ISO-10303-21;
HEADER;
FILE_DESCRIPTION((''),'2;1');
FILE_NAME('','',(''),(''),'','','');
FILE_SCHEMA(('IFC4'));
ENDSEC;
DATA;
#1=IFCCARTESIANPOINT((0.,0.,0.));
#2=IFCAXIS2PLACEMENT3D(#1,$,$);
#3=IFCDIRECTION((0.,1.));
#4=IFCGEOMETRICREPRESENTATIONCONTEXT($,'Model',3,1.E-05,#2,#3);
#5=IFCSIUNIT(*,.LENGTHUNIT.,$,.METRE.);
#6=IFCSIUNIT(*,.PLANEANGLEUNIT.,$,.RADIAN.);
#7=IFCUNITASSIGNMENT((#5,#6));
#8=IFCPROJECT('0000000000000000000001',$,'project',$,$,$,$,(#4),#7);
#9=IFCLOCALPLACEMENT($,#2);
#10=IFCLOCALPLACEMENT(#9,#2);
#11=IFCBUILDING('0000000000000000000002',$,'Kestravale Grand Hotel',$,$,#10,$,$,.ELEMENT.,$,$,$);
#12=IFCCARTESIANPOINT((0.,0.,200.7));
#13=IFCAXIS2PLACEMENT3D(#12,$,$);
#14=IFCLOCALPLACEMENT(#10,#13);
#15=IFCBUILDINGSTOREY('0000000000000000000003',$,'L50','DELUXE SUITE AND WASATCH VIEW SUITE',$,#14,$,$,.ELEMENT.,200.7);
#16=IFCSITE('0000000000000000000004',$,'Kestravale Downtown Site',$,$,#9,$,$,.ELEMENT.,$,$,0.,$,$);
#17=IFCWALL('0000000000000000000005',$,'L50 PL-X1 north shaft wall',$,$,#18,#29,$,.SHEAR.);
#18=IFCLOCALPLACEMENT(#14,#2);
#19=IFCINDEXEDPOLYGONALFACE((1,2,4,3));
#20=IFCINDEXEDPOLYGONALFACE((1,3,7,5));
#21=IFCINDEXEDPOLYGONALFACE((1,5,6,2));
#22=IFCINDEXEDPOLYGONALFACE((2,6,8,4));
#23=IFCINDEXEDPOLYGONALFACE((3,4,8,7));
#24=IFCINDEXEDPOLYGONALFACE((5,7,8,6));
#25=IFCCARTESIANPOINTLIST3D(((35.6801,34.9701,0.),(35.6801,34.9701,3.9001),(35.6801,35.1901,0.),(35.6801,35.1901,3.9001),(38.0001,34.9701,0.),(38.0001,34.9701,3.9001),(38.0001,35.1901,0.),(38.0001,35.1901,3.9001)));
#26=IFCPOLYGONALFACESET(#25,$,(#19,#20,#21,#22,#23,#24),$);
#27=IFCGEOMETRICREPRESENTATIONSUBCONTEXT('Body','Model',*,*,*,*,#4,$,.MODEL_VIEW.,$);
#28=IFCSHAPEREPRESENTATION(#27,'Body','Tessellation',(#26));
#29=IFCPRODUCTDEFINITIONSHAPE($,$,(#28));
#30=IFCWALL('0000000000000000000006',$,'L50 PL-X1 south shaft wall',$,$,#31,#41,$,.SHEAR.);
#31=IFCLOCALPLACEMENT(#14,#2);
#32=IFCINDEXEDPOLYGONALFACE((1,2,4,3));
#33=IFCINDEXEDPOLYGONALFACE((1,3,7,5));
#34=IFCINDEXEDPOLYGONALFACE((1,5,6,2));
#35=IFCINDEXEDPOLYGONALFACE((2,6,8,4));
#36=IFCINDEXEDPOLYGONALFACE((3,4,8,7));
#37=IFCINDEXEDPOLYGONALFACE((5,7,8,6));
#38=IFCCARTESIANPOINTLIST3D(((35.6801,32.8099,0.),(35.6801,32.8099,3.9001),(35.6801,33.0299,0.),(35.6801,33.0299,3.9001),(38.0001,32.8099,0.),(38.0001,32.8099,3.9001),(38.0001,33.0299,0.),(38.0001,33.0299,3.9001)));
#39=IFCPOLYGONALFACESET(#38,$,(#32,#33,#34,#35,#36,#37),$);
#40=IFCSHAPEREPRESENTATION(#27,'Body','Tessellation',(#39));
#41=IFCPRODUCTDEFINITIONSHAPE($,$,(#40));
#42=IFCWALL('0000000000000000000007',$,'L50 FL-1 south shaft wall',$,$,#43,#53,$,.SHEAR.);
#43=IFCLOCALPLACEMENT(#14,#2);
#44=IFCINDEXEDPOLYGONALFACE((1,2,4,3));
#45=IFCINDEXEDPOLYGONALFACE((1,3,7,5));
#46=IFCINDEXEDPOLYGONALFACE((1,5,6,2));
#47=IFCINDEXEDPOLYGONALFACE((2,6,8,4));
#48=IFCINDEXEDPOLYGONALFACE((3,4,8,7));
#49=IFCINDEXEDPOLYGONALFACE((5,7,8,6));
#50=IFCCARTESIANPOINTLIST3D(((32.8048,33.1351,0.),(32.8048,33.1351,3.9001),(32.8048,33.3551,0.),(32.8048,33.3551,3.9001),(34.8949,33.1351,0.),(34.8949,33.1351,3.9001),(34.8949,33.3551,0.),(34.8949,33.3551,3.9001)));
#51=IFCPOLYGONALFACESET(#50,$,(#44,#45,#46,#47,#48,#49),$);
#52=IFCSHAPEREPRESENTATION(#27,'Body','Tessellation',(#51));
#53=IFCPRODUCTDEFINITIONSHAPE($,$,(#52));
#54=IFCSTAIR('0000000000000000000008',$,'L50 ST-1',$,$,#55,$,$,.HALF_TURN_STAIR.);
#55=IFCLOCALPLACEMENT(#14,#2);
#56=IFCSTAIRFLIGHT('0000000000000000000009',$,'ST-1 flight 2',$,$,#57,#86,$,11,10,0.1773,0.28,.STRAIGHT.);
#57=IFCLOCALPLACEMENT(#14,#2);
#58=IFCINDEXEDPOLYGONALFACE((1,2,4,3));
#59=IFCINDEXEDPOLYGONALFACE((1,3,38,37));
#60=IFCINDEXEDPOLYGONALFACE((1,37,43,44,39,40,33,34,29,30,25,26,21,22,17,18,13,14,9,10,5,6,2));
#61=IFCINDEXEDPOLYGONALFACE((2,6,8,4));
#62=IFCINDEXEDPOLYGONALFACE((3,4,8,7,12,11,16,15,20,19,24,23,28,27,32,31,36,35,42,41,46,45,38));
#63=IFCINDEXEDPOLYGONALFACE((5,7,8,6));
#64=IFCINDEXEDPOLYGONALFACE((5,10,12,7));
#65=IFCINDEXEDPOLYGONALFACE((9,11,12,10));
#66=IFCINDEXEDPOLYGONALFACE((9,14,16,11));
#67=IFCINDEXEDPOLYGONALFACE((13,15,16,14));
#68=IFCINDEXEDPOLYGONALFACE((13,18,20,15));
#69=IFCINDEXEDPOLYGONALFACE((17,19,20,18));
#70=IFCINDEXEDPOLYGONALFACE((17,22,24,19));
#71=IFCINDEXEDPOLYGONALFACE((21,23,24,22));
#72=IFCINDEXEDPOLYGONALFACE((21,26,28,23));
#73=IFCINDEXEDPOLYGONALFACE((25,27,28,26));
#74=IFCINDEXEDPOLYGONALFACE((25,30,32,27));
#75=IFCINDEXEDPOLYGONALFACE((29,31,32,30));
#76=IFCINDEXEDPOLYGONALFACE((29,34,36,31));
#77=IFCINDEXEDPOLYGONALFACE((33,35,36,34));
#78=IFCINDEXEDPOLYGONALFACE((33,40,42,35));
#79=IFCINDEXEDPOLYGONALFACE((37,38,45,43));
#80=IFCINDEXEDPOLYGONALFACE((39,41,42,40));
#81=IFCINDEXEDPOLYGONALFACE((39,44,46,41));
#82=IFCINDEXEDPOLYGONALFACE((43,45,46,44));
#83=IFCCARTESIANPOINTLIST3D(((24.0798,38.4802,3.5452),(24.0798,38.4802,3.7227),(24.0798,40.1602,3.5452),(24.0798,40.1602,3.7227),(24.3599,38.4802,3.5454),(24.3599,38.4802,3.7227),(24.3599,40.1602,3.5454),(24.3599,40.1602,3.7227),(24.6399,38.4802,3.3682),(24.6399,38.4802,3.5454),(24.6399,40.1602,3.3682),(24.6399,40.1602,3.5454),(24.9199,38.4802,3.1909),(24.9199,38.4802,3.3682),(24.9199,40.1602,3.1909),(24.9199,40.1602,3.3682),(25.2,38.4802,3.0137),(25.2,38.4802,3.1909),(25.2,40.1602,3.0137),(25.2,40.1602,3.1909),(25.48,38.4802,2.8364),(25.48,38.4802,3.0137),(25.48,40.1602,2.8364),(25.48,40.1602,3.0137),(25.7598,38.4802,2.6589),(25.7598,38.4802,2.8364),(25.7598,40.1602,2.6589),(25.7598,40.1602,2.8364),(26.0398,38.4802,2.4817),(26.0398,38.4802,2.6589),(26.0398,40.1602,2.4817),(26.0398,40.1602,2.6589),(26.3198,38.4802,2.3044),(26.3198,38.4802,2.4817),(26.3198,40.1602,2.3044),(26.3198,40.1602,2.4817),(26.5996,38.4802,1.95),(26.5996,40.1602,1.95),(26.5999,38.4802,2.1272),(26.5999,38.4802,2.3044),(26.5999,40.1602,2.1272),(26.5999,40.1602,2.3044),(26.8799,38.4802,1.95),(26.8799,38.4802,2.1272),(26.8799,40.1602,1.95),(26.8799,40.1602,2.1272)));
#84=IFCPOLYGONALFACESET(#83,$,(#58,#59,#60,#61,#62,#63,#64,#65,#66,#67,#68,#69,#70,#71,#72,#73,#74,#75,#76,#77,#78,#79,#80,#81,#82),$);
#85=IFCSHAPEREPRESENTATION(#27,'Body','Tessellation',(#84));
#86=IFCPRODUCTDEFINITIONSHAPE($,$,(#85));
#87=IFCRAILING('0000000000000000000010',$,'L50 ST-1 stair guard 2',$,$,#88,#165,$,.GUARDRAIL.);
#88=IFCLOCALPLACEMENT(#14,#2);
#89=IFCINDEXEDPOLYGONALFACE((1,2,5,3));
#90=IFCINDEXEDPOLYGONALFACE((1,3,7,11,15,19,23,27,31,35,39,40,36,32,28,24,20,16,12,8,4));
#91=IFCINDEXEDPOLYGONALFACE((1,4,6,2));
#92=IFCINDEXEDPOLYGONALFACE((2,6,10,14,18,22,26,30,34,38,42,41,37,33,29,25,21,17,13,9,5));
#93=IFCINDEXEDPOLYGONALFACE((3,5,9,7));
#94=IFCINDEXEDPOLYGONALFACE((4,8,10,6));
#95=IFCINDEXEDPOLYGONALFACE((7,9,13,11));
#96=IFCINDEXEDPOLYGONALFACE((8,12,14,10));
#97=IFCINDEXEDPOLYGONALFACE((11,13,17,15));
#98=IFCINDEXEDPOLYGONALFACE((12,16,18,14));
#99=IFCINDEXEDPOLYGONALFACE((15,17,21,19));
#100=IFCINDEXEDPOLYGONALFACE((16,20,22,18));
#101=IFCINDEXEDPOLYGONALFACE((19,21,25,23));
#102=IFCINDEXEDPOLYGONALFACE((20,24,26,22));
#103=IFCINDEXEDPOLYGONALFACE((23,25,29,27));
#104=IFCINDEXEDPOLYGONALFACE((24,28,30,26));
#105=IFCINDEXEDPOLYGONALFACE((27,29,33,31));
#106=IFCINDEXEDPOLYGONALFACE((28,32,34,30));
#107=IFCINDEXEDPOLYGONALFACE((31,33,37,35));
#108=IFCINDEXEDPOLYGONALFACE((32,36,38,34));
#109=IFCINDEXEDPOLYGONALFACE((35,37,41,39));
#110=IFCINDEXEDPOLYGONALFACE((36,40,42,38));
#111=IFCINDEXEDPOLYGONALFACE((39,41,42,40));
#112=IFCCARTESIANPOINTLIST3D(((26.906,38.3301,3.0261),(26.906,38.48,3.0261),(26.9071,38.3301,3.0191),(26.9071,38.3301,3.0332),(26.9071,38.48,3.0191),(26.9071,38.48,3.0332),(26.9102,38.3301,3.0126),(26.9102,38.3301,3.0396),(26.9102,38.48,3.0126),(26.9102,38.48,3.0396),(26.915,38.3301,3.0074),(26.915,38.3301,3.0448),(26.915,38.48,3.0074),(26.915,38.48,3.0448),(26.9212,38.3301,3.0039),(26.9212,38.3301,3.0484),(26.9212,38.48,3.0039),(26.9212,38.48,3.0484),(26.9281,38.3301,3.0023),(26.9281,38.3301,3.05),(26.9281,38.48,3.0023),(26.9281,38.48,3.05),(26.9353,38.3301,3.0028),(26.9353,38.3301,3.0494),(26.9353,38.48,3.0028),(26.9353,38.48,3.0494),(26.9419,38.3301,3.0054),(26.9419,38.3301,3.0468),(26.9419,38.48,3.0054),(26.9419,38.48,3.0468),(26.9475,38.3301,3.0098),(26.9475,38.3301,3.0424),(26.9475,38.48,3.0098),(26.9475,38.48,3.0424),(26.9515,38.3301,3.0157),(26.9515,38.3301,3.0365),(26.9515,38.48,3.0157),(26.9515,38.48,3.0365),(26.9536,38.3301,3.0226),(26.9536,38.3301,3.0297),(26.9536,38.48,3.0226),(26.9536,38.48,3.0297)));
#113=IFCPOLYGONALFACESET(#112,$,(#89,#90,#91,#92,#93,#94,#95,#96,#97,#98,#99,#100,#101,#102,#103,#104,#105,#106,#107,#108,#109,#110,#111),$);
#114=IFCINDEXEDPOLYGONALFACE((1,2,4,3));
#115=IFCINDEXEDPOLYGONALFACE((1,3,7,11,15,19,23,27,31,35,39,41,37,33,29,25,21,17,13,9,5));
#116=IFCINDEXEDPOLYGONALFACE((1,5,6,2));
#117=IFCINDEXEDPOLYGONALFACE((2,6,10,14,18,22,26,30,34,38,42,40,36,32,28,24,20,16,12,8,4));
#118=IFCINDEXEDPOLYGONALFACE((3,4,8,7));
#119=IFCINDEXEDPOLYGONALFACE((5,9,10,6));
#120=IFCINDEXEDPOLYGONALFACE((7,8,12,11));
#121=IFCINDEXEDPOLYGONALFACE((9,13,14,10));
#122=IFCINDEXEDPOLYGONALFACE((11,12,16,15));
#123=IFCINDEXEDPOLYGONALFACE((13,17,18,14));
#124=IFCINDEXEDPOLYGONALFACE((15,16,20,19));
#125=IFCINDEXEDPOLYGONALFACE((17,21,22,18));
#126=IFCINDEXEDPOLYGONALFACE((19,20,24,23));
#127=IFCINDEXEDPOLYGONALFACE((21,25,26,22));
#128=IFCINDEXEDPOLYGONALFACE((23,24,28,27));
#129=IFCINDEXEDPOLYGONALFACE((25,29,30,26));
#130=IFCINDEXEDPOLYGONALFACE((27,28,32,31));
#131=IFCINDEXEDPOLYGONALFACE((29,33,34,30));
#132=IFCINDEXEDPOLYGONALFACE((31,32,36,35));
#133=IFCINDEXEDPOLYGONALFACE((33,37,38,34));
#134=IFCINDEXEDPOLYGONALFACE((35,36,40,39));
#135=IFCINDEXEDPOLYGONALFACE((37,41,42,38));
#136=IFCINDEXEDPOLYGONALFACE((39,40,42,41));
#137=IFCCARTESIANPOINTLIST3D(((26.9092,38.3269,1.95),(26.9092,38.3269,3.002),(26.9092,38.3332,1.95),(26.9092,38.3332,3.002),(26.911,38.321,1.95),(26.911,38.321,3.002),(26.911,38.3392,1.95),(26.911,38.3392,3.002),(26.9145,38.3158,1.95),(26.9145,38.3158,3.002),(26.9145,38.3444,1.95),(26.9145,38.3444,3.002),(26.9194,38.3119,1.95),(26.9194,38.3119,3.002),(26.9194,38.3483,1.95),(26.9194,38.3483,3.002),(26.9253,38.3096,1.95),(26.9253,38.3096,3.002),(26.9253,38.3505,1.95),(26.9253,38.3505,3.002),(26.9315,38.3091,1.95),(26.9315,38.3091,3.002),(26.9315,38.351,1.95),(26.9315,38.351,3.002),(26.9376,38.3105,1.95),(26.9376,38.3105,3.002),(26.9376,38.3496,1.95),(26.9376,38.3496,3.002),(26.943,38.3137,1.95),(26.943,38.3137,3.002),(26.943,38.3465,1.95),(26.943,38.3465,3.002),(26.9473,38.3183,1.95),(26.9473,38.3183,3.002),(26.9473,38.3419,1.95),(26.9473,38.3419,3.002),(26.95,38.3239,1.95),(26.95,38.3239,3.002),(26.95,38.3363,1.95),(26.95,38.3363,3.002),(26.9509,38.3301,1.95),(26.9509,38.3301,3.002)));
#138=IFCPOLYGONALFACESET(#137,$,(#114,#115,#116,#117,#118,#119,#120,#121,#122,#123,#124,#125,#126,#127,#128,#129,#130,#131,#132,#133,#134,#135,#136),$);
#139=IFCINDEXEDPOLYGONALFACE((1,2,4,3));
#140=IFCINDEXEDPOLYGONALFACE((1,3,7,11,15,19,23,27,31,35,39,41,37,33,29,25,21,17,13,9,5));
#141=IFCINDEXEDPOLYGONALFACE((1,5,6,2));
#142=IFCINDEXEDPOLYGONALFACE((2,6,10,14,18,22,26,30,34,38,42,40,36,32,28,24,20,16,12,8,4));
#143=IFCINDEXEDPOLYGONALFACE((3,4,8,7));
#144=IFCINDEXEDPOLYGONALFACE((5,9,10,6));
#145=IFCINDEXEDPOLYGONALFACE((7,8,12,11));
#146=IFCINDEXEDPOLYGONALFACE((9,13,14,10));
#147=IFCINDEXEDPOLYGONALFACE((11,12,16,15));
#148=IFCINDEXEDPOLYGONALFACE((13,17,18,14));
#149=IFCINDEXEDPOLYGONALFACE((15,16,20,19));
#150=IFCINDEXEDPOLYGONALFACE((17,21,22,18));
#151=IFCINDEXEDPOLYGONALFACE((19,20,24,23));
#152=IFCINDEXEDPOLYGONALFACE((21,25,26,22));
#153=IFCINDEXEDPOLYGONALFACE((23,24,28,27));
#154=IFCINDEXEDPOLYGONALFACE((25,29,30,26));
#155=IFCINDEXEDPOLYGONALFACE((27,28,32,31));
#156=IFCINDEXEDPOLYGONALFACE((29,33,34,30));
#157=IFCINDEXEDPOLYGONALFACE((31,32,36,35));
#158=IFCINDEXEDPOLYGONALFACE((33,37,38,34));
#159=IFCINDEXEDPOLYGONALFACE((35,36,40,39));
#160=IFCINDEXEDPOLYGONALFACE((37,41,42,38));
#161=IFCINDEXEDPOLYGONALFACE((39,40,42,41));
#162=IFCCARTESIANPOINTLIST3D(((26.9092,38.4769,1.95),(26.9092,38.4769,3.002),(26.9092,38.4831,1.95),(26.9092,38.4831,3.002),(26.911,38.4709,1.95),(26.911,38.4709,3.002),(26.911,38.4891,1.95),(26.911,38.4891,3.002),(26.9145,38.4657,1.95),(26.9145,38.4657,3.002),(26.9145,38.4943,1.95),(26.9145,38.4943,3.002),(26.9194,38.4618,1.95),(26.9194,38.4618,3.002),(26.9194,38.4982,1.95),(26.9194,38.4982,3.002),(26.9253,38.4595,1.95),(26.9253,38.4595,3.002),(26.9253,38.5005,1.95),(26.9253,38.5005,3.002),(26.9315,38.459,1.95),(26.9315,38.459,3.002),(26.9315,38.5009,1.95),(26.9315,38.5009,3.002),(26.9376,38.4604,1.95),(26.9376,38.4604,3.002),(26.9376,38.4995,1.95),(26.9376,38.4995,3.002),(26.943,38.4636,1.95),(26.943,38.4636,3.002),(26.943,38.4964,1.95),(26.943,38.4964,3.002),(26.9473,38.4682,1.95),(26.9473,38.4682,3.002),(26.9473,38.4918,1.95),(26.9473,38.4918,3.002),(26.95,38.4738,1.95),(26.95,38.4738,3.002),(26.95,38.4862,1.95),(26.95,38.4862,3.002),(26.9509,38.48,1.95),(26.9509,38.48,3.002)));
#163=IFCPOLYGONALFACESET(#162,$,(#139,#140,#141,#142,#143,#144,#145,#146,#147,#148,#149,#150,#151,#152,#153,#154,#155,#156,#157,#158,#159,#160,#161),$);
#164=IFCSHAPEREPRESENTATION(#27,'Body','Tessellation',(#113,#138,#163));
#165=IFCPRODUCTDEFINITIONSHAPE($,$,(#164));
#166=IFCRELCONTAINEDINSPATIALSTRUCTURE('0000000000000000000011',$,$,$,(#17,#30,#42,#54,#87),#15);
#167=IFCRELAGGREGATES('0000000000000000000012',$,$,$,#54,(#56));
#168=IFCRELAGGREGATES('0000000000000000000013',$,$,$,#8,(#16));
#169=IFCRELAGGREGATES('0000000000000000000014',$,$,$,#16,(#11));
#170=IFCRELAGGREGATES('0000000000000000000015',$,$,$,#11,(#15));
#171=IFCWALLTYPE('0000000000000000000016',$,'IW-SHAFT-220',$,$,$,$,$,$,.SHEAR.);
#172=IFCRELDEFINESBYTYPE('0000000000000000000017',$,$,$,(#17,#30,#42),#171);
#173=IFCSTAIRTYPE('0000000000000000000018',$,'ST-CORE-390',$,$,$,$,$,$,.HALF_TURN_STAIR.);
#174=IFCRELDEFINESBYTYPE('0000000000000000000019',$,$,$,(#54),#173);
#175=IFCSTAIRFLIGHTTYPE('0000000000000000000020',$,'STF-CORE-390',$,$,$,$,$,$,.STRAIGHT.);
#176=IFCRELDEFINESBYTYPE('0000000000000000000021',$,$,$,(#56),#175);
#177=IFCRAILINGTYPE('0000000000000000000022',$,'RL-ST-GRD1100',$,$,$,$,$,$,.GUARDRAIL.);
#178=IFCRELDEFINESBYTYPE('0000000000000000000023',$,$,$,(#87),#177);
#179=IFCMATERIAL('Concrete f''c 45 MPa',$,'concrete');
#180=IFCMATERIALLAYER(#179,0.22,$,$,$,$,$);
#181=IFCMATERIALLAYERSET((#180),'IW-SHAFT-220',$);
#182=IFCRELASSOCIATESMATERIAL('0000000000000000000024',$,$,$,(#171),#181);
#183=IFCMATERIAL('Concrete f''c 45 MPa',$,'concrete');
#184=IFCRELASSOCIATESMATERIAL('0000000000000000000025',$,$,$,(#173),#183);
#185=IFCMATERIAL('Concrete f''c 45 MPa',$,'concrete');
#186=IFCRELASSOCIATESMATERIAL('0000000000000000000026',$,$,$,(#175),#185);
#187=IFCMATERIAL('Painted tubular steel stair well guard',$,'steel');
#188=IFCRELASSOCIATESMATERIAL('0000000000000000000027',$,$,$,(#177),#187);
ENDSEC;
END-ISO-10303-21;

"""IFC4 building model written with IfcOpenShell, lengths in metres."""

from ifc_helpers import new_model, si_unit, direction, frame, frame_2d, origin, origin_2d, place, context, subcontext, project, spatial, polyline, rectangle, circle, outline, extrude, material, layer, layer_set, type_object, element, aggregate, save


model = new_model("IFC4")

# Units and contexts
model_context = context("Model", 3, precision=1e-05, world=origin(), true_north=direction((0.0, 1.0)))
body_context = subcontext(model_context, "Body", "Model", "MODEL_VIEW")
ifc_project = project(units=[si_unit("LENGTHUNIT", "METRE"), si_unit("PLANEANGLEUNIT", "RADIAN")], contexts=[model_context])

# Site, building, storey
site_placement = place(None, origin())
site = spatial("IfcSite", under=ifc_project, at=site_placement, Name="Kestravale Downtown Site", CompositionType="ELEMENT", RefElevation=0.0)
building_placement = place(site_placement, origin())
building = spatial("IfcBuilding", under=site, at=building_placement, Name="Kestravale Grand Hotel", CompositionType="ELEMENT")
storey_placement = place(building_placement, frame((0.0, 0.0, 200.7)))
storey = spatial("IfcBuildingStorey", under=building, at=storey_placement, Name="L50", Description="DELUXE SUITE AND WASATCH VIEW SUITE", CompositionType="ELEMENT", Elevation=200.7)

# Walls
ifc_material_1 = material(Name="Concrete f'c 45 MPa", Category="concrete")
ifc_layer_1 = layer(ifc_material_1, 0.22)
ifc_layer_set_1 = layer_set([ifc_layer_1], Name="IW-SHAFT-220")
wall_type_1 = type_object("IfcWallType", Name="IW-SHAFT-220", PredefinedType="SHEAR", material=ifc_layer_set_1)
for number, where, z_axis, x_axis, name in (
    (1, (35.6799, 35.0801, 0.0), (0.0, 0.0, 1.0), (1.0, 0.0, 0.0), "L50 PL-X1 north shaft wall"),
    (2, (35.6799, 32.9199, 0.0), (0.0, 0.0, 1.0), (1.0, 0.0, 0.0), "L50 PL-X1 south shaft wall"),
):
    element("IfcWall", number, at=place(storey_placement, frame(where, z_axis=z_axis, x_axis=x_axis)), inside=storey, type_object=wall_type_1, Name=name, PredefinedType="SHEAR", context=body_context, shape_type="SweptSolid", body=[
        extrude(rectangle(XDim=2.3201, YDim=0.22, at=frame_2d((1.1602, 0.0))), origin(), (0.0, 0.0, 1.0), 3.9001),
    ])

# Wall
wall_1_placement = place(storey_placement, frame((32.8049, 33.2451, 0.0), z_axis=(0.0, 0.0, 1.0), x_axis=(1.0, 0.0, 0.0)))
element("IfcWall", 3, at=wall_1_placement, inside=storey, type_object=wall_type_1, Name="L50 FL-1 south shaft wall", PredefinedType="SHEAR", context=body_context, shape_type="SweptSolid", body=[
    extrude(rectangle(XDim=2.0901, YDim=0.22, at=frame_2d((1.0449, 0.0))), origin(), (0.0, 0.0, 1.0), 3.9001),
])

# Stair, stair flight
ifc_material_2 = material(Name="Concrete f'c 45 MPa", Category="concrete")
stair_type = type_object("IfcStairType", Name="ST-CORE-390", PredefinedType="HALF_TURN_STAIR", material=ifc_material_2)
stair_placement = place(storey_placement, origin())
stair = element("IfcStair", 4, at=stair_placement, inside=storey, type_object=stair_type, Name="L50 ST-1", PredefinedType="HALF_TURN_STAIR")
ifc_material_3 = material(Name="Concrete f'c 45 MPa", Category="concrete")
stair_flight_type = type_object("IfcStairFlightType", Name="STF-CORE-390", PredefinedType="STRAIGHT", material=ifc_material_3)
stair_flight_placement = place(storey_placement, frame((26.8799, 39.3201, 1.95), z_axis=(0.0, 0.0, 1.0), x_axis=(-1.0, 0.0, 0.0)))
stair_flight = element("IfcStairFlight", 5, at=stair_flight_placement, type_object=stair_flight_type, Name="ST-1 flight 2", NumberOfRisers=11, NumberOfTreads=10, PredefinedType="STRAIGHT", RiserHeight=0.1773, TreadLength=0.28, context=body_context, shape_type="SweptSolid", body=[
    extrude(outline(polyline([(0.0, 0.0), (0.0, 0.1772), (0.28, 0.1772), (0.28, 0.3545), (0.5601, 0.3545), (0.5601, 0.5317), (0.8401, 0.5317), (0.8401, 0.709), (1.1201, 0.709), (1.1201, 0.8865), (1.3999, 0.8865), (1.3999, 1.0637), (1.6799, 1.0637), (1.6799, 1.241), (1.96, 1.241), (1.96, 1.4182), (2.24, 1.4182), (2.24, 1.5955), (2.52, 1.5955), (2.52, 1.7727), (2.8, 1.7727), (2.8, 1.95), (2.8, 1.5952), (0.2803, 0.0), (0.0, 0.0)])), frame((0.0, 0.8398, 0.0), z_axis=(0.0, -1.0, 0.0), x_axis=(1.0, 0.0, 0.0)), (0.0, 0.0, 1.0), 1.6799),
])
aggregate(stair, [stair_flight])

# Railing
ifc_material_4 = material(Name="Painted tubular steel stair well guard", Category="steel")
railing_type_1 = type_object("IfcRailingType", Name="RL-ST-GRD1100", PredefinedType="GUARDRAIL", material=ifc_material_4)
railing_1_placement = place(storey_placement, frame((26.9299, 38.3301, 1.95)))
element("IfcRailing", 6, at=railing_1_placement, inside=storey, type_object=railing_type_1, Name="L50 ST-1 stair guard 2", PredefinedType="GUARDRAIL", context=body_context, shape_type="SweptSolid", body=[
    extrude(circle(Radius=0.0239, at=origin_2d()), frame((0.0, 0.0, 1.0762), z_axis=(0.0, 1.0, 0.0), x_axis=(-1.0, 0.0, 0.0)), (0.0, 0.0, 1.0), 0.1499),
    extrude(circle(Radius=0.021, at=origin_2d()), origin(), (0.0, 0.0, 1.0), 1.052),
    extrude(circle(Radius=0.021, at=origin_2d()), frame((0.0, 0.1499, 0.0)), (0.0, 0.0, 1.0), 1.052),
])

save(model, "model.ifc")
